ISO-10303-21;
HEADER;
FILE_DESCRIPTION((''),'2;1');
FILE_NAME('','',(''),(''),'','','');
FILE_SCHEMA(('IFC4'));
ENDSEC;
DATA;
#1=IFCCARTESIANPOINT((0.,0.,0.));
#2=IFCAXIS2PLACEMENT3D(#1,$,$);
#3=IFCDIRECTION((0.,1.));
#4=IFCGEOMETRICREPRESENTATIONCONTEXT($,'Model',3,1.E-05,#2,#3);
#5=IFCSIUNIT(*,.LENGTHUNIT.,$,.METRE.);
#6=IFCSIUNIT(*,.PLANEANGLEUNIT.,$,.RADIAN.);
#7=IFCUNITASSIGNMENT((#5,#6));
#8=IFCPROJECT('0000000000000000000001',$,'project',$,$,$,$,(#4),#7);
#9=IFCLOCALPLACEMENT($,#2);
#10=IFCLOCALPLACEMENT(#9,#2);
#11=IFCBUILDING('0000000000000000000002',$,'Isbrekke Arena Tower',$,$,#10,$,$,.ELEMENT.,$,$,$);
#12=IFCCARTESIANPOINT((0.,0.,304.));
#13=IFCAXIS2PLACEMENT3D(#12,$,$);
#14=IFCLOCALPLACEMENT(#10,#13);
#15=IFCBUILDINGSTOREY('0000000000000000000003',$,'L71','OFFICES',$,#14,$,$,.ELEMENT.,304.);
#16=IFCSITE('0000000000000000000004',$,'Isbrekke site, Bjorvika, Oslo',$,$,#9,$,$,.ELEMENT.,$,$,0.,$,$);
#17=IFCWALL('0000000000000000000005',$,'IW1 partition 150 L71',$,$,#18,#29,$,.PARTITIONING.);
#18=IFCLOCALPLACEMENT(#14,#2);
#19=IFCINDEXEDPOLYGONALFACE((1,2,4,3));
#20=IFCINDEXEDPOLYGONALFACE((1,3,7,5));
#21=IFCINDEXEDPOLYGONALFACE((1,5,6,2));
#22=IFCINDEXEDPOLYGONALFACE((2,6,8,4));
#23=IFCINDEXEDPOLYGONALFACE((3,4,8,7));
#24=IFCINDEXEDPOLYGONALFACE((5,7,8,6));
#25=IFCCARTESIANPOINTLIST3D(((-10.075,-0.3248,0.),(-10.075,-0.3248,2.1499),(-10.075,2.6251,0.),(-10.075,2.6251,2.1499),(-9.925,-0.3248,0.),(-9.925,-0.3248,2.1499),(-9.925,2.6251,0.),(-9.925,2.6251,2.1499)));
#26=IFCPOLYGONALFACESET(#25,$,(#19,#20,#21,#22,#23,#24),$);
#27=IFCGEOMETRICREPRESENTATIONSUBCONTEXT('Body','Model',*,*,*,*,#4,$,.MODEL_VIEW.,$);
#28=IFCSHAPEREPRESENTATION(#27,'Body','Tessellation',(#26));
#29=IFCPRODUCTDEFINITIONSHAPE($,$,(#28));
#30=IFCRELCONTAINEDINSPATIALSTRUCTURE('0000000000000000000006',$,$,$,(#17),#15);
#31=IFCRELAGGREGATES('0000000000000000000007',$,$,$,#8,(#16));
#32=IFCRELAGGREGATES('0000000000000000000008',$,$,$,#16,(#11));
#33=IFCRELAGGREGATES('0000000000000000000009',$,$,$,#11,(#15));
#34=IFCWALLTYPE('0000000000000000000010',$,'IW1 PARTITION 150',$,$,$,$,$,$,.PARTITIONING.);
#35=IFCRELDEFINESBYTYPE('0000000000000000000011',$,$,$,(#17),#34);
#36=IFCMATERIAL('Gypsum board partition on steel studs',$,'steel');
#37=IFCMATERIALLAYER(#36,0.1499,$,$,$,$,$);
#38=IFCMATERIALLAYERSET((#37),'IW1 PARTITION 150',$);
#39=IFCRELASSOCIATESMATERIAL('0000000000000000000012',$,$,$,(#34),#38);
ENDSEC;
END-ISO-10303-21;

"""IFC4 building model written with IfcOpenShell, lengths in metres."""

from ifc_helpers import new_model, si_unit, direction, frame, frame_2d, origin, place, context, subcontext, project, spatial, rectangle, extrude, material, layer, layer_set, type_object, element, save


model = new_model("IFC4")

# Units and contexts
model_context = context("Model", 3, precision=1e-05, world=origin(), true_north=direction((0.0, 1.0)))
body_context = subcontext(model_context, "Body", "Model", "MODEL_VIEW")
ifc_project = project(units=[si_unit("LENGTHUNIT", "METRE"), si_unit("PLANEANGLEUNIT", "RADIAN")], contexts=[model_context])

# Site, building, storey
site_placement = place(None, origin())
site = spatial("IfcSite", under=ifc_project, at=site_placement, Name="Isbrekke site, Bjorvika, Oslo", CompositionType="ELEMENT", RefElevation=0.0)
building_placement = place(site_placement, origin())
building = spatial("IfcBuilding", under=site, at=building_placement, Name="Isbrekke Arena Tower", CompositionType="ELEMENT")
storey_placement = place(building_placement, frame((0.0, 0.0, 304.0)))
storey = spatial("IfcBuildingStorey", under=building, at=storey_placement, Name="L71", Description="OFFICES", CompositionType="ELEMENT", Elevation=304.0)

# Shared definitions
ifc_material_1 = material(Name="Gypsum board partition on steel studs", Category="steel")
ifc_layer = layer(ifc_material_1, 0.1499)
ifc_layer_set = layer_set([ifc_layer], Name="IW1 PARTITION 150")
wall_type = type_object("IfcWallType", Name="IW1 PARTITION 150", PredefinedType="PARTITIONING", material=ifc_layer_set)

# Wall
for number, where, z_axis, x_axis, name in (
    (1, (-10.0, -0.325, 0.0), (0.0, 0.0, 1.0), (0.0, 1.0, 0.0), "IW1 partition 150 L71"),
):
    element("IfcWall", number, at=place(storey_placement, frame(where, z_axis=z_axis, x_axis=x_axis)), inside=storey, type_object=wall_type, Name=name, PredefinedType="PARTITIONING", context=body_context, shape_type="SweptSolid", body=[
        extrude(rectangle(XDim=2.95, YDim=0.1499, at=frame_2d((1.4751, 0.0))), origin(), (0.0, 0.0, 1.0), 2.1499),
    ])

save(model, "model.ifc")
